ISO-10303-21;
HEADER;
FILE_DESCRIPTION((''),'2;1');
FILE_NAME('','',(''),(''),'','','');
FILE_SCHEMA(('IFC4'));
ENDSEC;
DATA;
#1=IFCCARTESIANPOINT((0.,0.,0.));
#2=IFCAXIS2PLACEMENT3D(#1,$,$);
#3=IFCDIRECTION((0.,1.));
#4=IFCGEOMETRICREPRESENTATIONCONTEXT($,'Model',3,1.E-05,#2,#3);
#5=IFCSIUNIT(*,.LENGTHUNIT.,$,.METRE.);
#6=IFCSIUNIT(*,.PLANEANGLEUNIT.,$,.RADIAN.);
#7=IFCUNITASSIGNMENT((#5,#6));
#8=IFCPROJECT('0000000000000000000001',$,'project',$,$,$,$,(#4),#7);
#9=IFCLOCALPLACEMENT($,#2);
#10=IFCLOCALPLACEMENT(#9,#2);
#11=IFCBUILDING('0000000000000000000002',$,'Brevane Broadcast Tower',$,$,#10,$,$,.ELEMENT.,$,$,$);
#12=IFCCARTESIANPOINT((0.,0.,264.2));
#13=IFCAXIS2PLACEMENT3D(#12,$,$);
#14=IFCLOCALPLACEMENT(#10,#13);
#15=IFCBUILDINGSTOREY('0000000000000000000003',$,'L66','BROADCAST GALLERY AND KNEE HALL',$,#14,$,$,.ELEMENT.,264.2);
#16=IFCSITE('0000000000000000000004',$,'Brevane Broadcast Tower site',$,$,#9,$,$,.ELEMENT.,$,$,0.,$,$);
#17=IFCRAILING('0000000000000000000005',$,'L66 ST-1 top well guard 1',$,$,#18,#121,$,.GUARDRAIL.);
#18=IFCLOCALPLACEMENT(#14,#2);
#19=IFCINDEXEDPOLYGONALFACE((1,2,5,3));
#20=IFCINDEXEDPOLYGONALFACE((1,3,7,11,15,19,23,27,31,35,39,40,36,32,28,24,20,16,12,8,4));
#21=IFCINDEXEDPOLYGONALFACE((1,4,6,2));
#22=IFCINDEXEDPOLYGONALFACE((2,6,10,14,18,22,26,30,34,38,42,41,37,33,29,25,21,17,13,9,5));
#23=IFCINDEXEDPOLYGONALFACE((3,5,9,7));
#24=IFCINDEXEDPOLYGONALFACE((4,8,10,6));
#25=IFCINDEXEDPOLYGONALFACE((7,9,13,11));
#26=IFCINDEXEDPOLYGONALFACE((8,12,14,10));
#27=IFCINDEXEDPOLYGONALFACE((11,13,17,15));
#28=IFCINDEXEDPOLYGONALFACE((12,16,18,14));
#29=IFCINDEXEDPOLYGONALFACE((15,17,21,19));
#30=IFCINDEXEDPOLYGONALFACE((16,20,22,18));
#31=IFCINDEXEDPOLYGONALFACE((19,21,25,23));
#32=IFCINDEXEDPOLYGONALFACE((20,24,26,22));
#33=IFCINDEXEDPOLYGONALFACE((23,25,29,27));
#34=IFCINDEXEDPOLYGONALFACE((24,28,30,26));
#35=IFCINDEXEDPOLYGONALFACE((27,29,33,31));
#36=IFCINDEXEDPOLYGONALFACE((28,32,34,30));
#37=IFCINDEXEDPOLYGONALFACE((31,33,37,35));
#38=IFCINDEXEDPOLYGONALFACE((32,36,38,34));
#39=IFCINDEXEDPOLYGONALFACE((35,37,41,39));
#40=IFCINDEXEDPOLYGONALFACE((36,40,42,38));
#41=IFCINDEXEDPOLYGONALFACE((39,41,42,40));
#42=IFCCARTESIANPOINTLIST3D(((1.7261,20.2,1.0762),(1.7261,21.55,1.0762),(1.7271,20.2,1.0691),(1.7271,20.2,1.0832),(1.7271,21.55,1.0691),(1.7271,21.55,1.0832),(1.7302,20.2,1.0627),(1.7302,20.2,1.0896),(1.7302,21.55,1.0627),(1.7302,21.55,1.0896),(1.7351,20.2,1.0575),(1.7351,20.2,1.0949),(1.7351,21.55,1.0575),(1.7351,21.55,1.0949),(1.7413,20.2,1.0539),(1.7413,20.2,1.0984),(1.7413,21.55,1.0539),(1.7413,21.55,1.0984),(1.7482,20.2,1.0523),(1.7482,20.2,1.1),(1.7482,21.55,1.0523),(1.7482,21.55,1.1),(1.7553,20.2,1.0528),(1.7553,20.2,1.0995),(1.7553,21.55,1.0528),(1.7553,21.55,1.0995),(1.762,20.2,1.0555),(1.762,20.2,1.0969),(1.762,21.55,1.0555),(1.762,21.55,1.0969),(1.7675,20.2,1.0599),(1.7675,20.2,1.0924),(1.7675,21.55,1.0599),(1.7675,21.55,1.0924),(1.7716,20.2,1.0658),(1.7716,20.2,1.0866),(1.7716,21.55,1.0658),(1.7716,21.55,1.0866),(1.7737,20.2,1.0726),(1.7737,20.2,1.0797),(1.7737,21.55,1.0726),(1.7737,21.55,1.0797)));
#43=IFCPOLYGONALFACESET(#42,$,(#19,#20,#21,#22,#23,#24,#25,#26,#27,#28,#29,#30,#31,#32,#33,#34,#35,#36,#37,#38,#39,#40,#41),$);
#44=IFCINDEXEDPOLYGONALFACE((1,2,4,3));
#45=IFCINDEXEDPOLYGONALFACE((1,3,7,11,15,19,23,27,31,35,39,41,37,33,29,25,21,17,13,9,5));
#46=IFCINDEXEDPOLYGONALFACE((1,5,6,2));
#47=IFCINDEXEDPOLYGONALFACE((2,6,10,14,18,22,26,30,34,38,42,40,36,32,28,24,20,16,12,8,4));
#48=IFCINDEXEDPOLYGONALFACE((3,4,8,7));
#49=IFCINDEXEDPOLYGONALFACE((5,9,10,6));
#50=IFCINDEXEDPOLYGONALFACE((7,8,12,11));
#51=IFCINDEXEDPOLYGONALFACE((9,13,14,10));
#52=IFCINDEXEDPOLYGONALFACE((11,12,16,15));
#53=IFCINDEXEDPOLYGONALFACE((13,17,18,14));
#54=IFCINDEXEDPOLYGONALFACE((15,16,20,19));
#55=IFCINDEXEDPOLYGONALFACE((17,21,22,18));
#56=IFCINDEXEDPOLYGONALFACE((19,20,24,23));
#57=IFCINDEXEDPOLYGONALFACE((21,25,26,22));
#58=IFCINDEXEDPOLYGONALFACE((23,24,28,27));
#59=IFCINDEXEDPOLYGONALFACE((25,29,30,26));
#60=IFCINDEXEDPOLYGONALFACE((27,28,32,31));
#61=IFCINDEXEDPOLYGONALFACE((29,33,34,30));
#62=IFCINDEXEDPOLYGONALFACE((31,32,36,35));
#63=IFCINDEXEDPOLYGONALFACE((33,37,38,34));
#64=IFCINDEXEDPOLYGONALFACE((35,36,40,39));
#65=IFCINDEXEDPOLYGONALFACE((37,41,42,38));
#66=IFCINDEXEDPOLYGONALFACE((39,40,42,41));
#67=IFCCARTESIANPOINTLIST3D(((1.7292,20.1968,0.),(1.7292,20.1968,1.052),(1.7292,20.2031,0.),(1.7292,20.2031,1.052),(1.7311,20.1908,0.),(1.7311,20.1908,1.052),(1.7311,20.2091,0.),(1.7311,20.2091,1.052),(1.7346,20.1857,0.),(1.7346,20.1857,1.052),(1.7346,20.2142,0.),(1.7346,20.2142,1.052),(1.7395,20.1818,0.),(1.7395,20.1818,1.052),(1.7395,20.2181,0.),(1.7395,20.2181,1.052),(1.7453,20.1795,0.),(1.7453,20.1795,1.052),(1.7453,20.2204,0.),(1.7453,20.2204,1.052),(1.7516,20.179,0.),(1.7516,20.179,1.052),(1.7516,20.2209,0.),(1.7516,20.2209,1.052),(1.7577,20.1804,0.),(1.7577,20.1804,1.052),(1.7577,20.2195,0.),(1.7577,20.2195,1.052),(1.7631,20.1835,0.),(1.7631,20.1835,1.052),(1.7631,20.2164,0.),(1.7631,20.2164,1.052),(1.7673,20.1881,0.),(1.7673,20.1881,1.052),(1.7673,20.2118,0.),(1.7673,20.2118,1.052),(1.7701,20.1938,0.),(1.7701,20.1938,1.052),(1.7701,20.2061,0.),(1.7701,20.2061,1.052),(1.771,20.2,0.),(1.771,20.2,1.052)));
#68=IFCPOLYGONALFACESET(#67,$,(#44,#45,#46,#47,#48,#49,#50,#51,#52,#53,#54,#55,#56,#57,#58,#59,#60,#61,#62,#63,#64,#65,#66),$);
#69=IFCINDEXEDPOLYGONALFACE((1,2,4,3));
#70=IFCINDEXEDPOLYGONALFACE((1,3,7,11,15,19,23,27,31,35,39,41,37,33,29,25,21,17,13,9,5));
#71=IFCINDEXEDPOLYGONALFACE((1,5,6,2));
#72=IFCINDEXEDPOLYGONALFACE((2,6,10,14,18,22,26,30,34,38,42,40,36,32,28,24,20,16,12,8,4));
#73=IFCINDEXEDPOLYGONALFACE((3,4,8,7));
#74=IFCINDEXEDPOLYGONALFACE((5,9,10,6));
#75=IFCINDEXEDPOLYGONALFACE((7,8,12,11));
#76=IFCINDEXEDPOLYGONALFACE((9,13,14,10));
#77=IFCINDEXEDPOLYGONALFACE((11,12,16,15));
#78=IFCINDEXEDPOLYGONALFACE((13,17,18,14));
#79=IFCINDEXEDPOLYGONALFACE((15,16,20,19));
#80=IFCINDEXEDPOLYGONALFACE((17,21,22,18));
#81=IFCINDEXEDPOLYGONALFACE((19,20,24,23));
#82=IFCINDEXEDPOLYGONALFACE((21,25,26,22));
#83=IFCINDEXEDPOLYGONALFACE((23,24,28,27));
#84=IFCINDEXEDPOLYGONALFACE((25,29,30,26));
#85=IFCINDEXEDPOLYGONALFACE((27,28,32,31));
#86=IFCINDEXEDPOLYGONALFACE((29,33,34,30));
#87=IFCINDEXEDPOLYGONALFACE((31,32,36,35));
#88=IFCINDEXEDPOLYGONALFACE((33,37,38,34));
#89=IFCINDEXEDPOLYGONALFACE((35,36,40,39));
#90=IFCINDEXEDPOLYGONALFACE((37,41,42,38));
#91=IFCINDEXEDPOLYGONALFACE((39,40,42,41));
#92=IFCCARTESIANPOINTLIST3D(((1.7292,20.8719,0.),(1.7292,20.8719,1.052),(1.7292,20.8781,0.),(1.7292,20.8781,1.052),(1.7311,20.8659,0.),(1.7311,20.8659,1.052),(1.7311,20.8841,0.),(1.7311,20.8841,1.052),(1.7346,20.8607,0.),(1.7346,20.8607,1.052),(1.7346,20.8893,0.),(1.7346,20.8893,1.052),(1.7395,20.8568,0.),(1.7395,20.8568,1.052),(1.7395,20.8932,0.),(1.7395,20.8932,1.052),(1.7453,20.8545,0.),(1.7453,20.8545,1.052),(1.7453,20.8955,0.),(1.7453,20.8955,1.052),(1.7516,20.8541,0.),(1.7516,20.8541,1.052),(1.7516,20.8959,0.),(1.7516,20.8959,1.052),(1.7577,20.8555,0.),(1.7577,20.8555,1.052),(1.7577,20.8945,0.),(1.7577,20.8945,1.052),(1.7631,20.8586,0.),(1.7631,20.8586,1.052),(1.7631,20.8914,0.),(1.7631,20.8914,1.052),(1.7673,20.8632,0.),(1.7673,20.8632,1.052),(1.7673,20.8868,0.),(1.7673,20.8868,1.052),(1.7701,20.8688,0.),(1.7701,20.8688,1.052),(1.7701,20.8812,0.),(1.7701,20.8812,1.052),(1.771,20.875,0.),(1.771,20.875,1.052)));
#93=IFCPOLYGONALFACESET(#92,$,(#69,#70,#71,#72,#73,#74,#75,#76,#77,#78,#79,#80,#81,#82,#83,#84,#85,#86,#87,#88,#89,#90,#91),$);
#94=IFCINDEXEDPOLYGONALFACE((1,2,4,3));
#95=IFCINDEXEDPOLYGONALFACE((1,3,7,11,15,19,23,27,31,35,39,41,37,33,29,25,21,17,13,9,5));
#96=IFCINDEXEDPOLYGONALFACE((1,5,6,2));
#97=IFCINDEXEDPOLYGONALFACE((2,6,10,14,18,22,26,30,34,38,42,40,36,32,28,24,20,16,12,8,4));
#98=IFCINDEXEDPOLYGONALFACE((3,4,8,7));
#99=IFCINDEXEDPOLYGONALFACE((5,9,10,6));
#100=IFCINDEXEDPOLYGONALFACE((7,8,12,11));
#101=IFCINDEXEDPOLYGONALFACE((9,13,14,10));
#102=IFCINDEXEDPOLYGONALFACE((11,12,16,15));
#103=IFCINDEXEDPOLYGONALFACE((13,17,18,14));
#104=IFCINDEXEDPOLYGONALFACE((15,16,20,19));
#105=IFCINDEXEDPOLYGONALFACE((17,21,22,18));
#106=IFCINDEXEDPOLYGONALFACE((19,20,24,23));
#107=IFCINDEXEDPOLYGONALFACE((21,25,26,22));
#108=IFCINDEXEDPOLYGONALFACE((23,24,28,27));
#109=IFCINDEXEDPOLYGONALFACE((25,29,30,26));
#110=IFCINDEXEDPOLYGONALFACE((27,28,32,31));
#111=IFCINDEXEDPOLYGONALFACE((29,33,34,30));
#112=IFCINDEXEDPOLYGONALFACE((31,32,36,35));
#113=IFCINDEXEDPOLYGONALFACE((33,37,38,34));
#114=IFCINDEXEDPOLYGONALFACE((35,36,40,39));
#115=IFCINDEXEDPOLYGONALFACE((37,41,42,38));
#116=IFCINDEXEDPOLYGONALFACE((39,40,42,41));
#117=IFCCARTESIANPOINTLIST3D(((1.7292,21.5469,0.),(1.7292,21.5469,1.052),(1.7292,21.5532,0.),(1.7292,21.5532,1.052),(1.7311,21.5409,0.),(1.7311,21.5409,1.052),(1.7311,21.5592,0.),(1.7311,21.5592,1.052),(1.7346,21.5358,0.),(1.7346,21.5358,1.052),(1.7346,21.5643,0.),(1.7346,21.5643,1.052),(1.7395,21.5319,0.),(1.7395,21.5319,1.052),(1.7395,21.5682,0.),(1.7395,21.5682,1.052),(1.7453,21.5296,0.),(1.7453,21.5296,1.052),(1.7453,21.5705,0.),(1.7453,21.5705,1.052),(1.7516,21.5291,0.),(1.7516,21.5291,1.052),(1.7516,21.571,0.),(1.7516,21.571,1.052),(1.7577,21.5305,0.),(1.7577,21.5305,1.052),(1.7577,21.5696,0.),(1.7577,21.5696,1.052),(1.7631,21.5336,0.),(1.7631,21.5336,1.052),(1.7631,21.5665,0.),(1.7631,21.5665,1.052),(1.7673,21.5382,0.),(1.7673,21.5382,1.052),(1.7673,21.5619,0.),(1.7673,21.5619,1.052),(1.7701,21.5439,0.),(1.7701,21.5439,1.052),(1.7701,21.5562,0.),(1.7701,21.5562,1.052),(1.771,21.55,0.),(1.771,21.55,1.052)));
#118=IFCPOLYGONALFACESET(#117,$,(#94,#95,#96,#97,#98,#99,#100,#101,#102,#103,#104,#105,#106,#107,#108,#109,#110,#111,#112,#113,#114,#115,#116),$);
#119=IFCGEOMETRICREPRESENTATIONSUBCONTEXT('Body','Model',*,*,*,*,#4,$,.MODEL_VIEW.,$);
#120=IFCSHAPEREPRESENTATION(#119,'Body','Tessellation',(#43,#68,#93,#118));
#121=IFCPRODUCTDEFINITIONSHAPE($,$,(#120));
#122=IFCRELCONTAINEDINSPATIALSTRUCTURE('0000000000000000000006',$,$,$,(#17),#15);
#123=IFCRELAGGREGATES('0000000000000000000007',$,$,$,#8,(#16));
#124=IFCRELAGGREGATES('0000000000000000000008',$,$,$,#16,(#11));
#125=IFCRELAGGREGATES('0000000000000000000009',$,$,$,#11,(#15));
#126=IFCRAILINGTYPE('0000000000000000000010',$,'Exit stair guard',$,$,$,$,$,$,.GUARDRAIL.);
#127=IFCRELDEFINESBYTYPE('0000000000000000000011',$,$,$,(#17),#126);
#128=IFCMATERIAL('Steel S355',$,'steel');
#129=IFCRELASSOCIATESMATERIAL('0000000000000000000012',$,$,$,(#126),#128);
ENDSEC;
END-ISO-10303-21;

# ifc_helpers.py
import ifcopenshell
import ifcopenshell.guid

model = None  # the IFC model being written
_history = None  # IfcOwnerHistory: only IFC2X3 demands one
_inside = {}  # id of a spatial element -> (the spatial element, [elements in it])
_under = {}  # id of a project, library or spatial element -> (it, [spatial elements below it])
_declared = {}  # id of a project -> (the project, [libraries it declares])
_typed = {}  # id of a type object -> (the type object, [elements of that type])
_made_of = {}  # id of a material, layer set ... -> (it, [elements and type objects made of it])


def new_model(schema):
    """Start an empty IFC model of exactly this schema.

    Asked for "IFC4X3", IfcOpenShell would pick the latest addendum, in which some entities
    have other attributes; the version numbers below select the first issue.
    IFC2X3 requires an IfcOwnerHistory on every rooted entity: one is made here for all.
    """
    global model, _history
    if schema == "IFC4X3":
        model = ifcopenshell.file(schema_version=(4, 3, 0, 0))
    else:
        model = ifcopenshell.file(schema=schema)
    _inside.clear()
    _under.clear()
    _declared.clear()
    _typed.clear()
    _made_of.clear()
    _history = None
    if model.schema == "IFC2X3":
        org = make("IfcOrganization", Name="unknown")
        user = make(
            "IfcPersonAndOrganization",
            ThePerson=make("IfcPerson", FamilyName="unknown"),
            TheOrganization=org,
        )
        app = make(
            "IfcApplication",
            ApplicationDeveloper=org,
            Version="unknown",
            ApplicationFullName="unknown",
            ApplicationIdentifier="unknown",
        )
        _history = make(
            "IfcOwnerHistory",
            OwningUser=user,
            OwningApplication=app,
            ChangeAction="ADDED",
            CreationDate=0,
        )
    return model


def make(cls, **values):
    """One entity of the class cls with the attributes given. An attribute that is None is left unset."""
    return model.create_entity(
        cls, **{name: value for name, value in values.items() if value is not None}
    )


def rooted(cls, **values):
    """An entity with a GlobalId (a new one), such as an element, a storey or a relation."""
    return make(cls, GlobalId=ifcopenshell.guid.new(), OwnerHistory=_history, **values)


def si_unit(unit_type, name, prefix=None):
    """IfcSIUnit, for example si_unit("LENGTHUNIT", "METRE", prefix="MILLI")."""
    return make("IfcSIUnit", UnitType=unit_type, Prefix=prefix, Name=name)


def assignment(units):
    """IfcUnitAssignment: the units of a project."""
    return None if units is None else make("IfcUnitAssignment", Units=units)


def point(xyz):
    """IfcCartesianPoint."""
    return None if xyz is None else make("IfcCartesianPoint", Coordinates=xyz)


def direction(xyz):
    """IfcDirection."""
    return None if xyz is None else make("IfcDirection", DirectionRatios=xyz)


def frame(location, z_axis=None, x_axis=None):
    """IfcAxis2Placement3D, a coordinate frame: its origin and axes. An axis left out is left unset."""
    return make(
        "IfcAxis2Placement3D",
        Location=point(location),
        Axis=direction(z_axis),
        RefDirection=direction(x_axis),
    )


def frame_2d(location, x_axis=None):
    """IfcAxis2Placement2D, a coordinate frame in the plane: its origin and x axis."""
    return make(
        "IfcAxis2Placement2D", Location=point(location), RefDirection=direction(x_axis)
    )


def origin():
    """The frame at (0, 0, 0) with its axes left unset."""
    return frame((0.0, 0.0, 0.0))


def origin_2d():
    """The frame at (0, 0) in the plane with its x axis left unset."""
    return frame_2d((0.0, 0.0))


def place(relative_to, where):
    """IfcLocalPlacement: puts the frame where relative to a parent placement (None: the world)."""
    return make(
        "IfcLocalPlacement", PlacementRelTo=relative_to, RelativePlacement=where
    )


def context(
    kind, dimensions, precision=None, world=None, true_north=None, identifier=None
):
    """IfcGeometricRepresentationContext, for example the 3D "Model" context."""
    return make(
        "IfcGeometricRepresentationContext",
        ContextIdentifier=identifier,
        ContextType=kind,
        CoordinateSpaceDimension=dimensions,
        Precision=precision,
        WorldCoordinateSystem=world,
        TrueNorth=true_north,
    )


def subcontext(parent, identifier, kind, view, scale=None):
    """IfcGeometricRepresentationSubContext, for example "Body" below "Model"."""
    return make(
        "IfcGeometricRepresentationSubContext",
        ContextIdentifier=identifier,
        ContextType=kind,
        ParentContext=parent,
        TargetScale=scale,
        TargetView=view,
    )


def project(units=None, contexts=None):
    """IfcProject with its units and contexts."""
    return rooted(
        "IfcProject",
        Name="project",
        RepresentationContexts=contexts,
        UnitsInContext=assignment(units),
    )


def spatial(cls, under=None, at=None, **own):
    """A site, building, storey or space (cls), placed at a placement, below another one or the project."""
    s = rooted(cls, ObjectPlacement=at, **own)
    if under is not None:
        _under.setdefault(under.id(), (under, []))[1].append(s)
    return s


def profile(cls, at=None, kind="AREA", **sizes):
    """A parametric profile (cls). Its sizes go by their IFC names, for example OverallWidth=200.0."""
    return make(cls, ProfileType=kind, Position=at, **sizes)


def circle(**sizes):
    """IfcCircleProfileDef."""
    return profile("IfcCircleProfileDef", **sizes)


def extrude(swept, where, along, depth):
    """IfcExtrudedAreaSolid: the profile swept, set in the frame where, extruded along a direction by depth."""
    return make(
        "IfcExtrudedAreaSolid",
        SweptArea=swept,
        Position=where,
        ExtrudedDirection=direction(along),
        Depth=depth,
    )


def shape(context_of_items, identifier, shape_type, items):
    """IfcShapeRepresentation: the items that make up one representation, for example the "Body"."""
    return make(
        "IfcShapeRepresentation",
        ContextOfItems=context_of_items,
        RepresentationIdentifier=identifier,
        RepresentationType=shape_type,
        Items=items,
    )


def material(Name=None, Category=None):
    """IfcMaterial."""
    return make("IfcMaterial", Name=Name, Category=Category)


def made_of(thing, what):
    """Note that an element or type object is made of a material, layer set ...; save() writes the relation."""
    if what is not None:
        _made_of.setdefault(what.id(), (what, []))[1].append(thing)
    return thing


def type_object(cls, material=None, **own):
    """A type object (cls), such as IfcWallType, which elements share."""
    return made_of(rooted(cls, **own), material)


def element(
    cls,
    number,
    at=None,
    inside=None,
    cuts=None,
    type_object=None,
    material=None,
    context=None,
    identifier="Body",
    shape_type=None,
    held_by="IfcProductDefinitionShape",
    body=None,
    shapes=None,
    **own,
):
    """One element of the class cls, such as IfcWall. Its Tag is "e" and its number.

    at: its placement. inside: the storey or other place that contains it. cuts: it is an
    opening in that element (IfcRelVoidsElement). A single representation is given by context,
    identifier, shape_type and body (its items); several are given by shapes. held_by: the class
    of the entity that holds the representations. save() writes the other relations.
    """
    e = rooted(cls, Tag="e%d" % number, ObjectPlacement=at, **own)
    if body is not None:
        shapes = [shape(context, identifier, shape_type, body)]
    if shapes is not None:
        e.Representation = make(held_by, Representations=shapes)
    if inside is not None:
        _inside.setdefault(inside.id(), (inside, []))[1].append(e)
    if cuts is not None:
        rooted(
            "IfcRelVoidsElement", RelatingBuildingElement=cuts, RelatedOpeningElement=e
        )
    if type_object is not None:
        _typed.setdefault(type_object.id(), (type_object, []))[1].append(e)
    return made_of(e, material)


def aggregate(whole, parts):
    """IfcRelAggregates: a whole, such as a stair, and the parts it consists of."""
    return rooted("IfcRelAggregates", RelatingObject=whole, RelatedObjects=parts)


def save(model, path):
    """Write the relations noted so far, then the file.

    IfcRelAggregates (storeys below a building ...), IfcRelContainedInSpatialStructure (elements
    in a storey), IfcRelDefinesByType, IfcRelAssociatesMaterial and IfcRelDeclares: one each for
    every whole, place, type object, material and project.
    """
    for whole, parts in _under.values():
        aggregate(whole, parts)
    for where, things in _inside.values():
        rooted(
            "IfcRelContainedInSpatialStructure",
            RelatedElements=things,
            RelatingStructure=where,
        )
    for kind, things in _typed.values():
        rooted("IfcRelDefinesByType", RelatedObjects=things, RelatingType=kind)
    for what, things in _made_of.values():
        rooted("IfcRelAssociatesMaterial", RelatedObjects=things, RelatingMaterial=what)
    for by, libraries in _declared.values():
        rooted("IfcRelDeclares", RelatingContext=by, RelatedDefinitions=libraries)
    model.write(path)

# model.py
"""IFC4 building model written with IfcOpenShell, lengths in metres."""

from ifc_helpers import new_model, si_unit, direction, frame, origin, origin_2d, place, context, subcontext, project, spatial, circle, extrude, material, type_object, element, save


model = new_model("IFC4")

# Units and contexts
model_context = context("Model", 3, precision=1e-05, world=origin(), true_north=direction((0.0, 1.0)))
body_context = subcontext(model_context, "Body", "Model", "MODEL_VIEW")
ifc_project = project(units=[si_unit("LENGTHUNIT", "METRE"), si_unit("PLANEANGLEUNIT", "RADIAN")], contexts=[model_context])

# Site, building, storey
site_placement = place(None, origin())
site = spatial("IfcSite", under=ifc_project, at=site_placement, Name="Brevane Broadcast Tower site", CompositionType="ELEMENT", RefElevation=0.0)
building_placement = place(site_placement, origin())
building = spatial("IfcBuilding", under=site, at=building_placement, Name="Brevane Broadcast Tower", CompositionType="ELEMENT")
storey_placement = place(building_placement, frame((0.0, 0.0, 264.2)))
storey = spatial("IfcBuildingStorey", under=building, at=storey_placement, Name="L66", Description="BROADCAST GALLERY AND KNEE HALL", CompositionType="ELEMENT", Elevation=264.2)

# Shared definitions
ifc_material_1 = material(Name="Steel S355", Category="steel")

# Railing
railing_type_1 = type_object("IfcRailingType", Name="Exit stair guard", PredefinedType="GUARDRAIL", material=ifc_material_1)
railing_1_placement = place(storey_placement, frame((1.75, 20.2, 0.0)))
element("IfcRailing", 1, at=railing_1_placement, inside=storey, type_object=railing_type_1, Name="L66 ST-1 top well guard 1", PredefinedType="GUARDRAIL", context=body_context, shape_type="SweptSolid", body=[
    extrude(circle(Radius=0.0239, at=origin_2d()), frame((0.0, 0.0, 1.0762), z_axis=(0.0, 1.0, 0.0), x_axis=(-1.0, 0.0, 0.0)), (0.0, 0.0, 1.0), 1.3501),
    extrude(circle(Radius=0.021, at=origin_2d()), origin(), (0.0, 0.0, 1.0), 1.052),
    extrude(circle(Radius=0.021, at=origin_2d()), frame((0.0, 0.675, 0.0)), (0.0, 0.0, 1.0), 1.052),
    extrude(circle(Radius=0.021, at=origin_2d()), frame((0.0, 1.3501, 0.0)), (0.0, 0.0, 1.0), 1.052),
])

save(model, "model.ifc")
